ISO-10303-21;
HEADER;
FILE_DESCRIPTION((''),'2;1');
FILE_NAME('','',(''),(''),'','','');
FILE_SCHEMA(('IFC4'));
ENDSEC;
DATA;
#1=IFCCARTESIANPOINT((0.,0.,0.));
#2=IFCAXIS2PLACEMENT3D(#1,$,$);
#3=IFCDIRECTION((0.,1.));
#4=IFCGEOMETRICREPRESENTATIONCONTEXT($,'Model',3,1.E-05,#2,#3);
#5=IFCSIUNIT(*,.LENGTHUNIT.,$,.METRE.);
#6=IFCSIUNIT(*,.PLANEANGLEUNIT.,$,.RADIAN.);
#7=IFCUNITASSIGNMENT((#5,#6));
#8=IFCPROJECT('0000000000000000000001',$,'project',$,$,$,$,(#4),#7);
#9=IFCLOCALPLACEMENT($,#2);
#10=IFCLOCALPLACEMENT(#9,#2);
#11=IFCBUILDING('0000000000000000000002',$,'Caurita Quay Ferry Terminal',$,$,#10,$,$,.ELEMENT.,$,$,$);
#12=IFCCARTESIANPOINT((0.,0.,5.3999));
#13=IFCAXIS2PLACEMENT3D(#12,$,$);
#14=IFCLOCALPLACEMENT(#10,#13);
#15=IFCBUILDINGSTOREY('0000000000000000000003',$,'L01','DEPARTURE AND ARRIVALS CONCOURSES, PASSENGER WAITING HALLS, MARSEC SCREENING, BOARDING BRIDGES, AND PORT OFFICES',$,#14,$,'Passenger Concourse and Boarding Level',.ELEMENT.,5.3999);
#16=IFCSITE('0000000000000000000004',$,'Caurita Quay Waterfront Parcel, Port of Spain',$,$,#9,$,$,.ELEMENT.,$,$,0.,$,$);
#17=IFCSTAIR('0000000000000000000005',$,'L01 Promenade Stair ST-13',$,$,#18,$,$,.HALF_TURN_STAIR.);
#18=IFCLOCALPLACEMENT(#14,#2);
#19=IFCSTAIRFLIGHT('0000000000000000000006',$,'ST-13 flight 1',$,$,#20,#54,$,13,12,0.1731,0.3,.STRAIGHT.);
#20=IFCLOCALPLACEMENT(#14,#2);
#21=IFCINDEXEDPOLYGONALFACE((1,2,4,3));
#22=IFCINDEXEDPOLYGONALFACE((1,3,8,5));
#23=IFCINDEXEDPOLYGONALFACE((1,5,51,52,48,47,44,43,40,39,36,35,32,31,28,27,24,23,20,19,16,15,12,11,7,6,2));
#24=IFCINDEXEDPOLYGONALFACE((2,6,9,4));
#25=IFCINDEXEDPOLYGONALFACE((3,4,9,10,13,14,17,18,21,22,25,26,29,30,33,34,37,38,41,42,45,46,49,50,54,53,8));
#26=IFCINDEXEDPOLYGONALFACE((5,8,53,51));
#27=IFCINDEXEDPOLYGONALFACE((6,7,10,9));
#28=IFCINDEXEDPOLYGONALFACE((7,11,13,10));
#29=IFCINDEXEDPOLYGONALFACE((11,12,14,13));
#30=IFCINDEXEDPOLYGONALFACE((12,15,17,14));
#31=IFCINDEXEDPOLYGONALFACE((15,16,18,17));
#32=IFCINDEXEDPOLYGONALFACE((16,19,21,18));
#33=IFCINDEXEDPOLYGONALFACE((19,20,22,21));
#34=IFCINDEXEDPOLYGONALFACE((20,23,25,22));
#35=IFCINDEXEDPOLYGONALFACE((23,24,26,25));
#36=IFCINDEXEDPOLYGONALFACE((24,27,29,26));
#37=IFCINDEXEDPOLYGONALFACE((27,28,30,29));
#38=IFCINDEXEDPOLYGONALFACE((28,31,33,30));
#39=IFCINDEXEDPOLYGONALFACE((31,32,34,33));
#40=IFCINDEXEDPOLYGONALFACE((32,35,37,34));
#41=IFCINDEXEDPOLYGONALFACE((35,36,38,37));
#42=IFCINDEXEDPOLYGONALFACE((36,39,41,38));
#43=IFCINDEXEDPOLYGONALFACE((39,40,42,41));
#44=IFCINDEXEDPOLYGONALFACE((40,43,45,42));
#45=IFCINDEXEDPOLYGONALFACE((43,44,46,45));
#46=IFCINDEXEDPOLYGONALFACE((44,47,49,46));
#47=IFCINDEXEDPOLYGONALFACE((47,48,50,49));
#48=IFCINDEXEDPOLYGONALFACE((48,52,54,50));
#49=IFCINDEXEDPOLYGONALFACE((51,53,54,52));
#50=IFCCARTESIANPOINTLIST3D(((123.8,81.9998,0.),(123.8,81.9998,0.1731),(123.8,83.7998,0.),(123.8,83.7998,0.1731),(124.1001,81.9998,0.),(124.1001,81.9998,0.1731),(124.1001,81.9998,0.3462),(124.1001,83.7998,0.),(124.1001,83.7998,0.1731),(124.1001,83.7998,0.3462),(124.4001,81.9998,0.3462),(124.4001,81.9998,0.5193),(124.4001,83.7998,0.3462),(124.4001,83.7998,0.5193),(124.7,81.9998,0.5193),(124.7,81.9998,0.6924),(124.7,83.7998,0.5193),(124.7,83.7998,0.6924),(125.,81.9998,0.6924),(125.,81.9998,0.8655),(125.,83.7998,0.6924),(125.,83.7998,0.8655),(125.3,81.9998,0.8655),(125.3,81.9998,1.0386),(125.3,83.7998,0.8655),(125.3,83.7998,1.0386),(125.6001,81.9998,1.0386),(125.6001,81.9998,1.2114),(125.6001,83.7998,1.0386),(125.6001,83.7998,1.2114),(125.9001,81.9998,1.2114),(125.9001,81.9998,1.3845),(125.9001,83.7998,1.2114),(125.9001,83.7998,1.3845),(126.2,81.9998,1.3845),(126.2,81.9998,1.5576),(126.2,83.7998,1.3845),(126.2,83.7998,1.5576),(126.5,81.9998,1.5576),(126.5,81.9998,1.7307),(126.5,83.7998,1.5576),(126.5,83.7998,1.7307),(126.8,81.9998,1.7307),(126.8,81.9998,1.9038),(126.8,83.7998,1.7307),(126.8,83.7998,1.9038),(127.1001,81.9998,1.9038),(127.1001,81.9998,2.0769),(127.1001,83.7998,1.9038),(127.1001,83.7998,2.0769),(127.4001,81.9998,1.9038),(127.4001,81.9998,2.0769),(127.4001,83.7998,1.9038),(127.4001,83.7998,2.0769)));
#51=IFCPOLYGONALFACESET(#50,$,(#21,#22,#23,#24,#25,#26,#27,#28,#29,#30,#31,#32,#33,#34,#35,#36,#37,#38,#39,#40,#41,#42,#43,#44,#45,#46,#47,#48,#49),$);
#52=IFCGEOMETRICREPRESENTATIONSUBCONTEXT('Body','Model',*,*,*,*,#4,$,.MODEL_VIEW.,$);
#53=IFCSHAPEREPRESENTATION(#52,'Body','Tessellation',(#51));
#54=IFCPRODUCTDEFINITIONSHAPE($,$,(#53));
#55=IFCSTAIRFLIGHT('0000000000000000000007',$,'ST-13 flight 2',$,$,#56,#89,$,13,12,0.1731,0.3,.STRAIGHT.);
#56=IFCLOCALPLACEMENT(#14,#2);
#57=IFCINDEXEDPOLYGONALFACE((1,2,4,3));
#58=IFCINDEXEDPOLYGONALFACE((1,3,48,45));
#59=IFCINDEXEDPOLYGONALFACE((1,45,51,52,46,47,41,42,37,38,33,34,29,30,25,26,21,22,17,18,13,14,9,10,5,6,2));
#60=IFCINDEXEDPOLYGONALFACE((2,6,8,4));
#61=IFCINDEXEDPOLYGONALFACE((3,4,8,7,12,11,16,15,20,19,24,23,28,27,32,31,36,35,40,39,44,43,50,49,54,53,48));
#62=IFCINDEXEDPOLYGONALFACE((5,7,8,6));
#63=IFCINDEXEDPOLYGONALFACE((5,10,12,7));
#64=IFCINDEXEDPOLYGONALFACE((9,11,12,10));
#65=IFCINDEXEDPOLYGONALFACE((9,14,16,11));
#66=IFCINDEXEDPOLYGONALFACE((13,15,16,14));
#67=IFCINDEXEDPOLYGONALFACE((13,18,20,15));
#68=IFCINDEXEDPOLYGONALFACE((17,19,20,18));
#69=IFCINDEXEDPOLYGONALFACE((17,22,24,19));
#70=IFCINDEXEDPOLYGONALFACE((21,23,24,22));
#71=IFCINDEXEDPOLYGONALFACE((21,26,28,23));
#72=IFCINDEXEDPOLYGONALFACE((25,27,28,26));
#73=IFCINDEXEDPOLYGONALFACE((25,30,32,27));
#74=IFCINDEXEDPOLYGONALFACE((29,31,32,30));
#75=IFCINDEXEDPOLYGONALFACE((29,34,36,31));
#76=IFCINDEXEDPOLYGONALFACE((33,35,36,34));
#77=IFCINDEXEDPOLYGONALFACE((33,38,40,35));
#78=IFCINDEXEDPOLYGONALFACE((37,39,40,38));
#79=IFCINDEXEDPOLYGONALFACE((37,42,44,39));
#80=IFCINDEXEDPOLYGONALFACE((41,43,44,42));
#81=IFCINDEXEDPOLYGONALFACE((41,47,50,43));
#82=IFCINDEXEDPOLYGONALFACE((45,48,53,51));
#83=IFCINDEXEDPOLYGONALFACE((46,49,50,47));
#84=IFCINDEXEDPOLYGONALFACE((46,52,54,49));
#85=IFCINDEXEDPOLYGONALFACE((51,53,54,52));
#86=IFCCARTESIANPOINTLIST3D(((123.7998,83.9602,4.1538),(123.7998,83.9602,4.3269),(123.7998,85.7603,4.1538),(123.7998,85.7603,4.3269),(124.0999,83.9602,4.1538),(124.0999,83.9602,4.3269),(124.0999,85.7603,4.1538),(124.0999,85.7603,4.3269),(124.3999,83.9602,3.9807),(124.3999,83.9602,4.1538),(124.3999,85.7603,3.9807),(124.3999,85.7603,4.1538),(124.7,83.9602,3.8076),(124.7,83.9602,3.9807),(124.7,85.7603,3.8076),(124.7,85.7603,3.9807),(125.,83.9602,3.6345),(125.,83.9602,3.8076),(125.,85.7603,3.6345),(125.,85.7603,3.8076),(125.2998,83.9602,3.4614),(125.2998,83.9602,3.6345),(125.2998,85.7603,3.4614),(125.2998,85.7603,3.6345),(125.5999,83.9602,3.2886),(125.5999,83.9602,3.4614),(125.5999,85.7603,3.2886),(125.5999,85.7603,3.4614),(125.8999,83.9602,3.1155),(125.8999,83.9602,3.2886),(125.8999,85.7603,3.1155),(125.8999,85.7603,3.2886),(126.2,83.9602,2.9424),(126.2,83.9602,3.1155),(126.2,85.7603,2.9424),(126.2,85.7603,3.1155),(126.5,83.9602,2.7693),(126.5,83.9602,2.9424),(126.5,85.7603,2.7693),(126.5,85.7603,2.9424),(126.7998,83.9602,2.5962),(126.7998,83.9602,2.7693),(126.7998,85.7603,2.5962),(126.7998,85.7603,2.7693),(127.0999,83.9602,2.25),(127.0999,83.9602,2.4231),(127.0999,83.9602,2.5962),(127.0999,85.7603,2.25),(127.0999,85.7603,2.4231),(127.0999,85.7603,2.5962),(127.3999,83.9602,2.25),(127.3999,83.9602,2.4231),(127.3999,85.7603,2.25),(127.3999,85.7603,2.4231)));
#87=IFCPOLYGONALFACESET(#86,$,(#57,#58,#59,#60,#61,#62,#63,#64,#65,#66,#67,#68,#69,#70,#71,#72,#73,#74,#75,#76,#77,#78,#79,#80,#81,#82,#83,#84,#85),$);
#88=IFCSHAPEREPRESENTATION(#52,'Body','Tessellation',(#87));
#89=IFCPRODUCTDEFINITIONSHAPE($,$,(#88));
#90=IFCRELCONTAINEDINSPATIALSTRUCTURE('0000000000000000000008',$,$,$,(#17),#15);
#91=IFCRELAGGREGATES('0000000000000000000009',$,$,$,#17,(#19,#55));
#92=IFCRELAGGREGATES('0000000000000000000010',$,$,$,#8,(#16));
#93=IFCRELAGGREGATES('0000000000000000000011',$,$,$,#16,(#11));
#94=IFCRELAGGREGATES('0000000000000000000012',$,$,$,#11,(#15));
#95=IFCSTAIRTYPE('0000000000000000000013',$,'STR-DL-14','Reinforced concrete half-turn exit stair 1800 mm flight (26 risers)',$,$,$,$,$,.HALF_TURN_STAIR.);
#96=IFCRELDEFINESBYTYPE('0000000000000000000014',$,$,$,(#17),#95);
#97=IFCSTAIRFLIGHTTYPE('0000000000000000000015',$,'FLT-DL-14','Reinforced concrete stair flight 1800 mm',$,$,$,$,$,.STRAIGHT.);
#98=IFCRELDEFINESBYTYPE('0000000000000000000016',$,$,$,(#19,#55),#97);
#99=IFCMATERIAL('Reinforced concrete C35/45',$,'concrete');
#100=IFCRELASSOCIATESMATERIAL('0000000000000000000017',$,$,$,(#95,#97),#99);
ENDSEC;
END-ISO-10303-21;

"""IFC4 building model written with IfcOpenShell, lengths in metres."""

from ifc_helpers import new_model, si_unit, direction, frame, origin, place, context, subcontext, project, spatial, polyline, outline, extrude, material, type_object, element, aggregate, save


model = new_model("IFC4")

# Units and contexts
model_context = context("Model", 3, precision=1e-05, world=origin(), true_north=direction((0.0, 1.0)))
body_context = subcontext(model_context, "Body", "Model", "MODEL_VIEW")
ifc_project = project(units=[si_unit("LENGTHUNIT", "METRE"), si_unit("PLANEANGLEUNIT", "RADIAN")], contexts=[model_context])

# Site, building, storey
site_placement = place(None, origin())
site = spatial("IfcSite", under=ifc_project, at=site_placement, Name="Caurita Quay Waterfront Parcel, Port of Spain", CompositionType="ELEMENT", RefElevation=0.0)
building_placement = place(site_placement, origin())
building = spatial("IfcBuilding", under=site, at=building_placement, Name="Caurita Quay Ferry Terminal", CompositionType="ELEMENT")
storey_placement = place(building_placement, frame((0.0, 0.0, 5.3999)))
storey = spatial("IfcBuildingStorey", under=building, at=storey_placement, Name="L01", Description="DEPARTURE AND ARRIVALS CONCOURSES, PASSENGER WAITING HALLS, MARSEC SCREENING, BOARDING BRIDGES, AND PORT OFFICES", LongName="Passenger Concourse and Boarding Level", CompositionType="ELEMENT", Elevation=5.3999)

# Shared definitions
ifc_material_1 = material(Name="Reinforced concrete C35/45", Category="concrete")

# Stair, stair flights
stair_type = type_object("IfcStairType", Name="STR-DL-14", Description="Reinforced concrete half-turn exit stair 1800 mm flight (26 risers)", PredefinedType="HALF_TURN_STAIR", material=ifc_material_1)
stair_placement = place(storey_placement, origin())
stair = element("IfcStair", 1, at=stair_placement, inside=storey, type_object=stair_type, Name="L01 Promenade Stair ST-13", PredefinedType="HALF_TURN_STAIR")
stair_flight_type = type_object("IfcStairFlightType", Name="FLT-DL-14", Description="Reinforced concrete stair flight 1800 mm", PredefinedType="STRAIGHT", material=ifc_material_1)
stair_flight_1_placement = place(storey_placement, frame((123.8, 82.8999, 0.0), z_axis=(0.0, 0.0, 1.0), x_axis=(1.0, 0.0, 0.0)))
stair_flight_1 = element("IfcStairFlight", 2, at=stair_flight_1_placement, type_object=stair_flight_type, Name="ST-13 flight 1", NumberOfRisers=13, NumberOfTreads=12, PredefinedType="STRAIGHT", RiserHeight=0.1731, TreadLength=0.3, context=body_context, shape_type="SweptSolid", body=[
    extrude(outline(polyline([(0.0, 0.0), (0.0, 0.1731), (0.3, 0.1731), (0.3, 0.3462), (0.6001, 0.3462), (0.6001, 0.5193), (0.8999, 0.5193), (0.8999, 0.6924), (1.2, 0.6924), (1.2, 0.8655), (1.5, 0.8655), (1.5, 1.0386), (1.8, 1.0386), (1.8, 1.2114), (2.1001, 1.2114), (2.1001, 1.3845), (2.3999, 1.3845), (2.3999, 1.5576), (2.7, 1.5576), (2.7, 1.7307), (3.0, 1.7307), (3.0, 1.9038), (3.3, 1.9038), (3.3, 2.0769), (3.6001, 2.0769), (3.6001, 2.25), (3.6001, 1.9038), (0.3, 0.0), (0.0, 0.0)])), frame((0.0, 0.8999, 0.0), z_axis=(0.0, -1.0, 0.0), x_axis=(1.0, 0.0, 0.0)), (0.0, 0.0, 1.0), 1.8),
])
stair_flight_2_placement = place(storey_placement, frame((127.3999, 84.8601, 2.25), z_axis=(0.0, 0.0, 1.0), x_axis=(-1.0, 0.0, 0.0)))
stair_flight_2 = element("IfcStairFlight", 3, at=stair_flight_2_placement, type_object=stair_flight_type, Name="ST-13 flight 2", NumberOfRisers=13, NumberOfTreads=12, PredefinedType="STRAIGHT", RiserHeight=0.1731, TreadLength=0.3, context=body_context, shape_type="SweptSolid", body=[
    extrude(outline(polyline([(0.0, 0.0), (0.0, 0.1731), (0.3, 0.1731), (0.3, 0.3462), (0.6001, 0.3462), (0.6001, 0.5193), (0.8999, 0.5193), (0.8999, 0.6924), (1.2, 0.6924), (1.2, 0.8655), (1.5, 0.8655), (1.5, 1.0386), (1.8, 1.0386), (1.8, 1.2114), (2.1001, 1.2114), (2.1001, 1.3845), (2.3999, 1.3845), (2.3999, 1.5576), (2.7, 1.5576), (2.7, 1.7307), (3.0, 1.7307), (3.0, 1.9038), (3.3, 1.9038), (3.3, 2.0769), (3.6001, 2.0769), (3.6001, 2.25), (3.6001, 1.9038), (0.3, 0.0), (0.0, 0.0)])), frame((0.0, 0.8999, 0.0), z_axis=(0.0, -1.0, 0.0), x_axis=(1.0, 0.0, 0.0)), (0.0, 0.0, 1.0), 1.8),
])
aggregate(stair, [stair_flight_1, stair_flight_2])

save(model, "model.ifc")
